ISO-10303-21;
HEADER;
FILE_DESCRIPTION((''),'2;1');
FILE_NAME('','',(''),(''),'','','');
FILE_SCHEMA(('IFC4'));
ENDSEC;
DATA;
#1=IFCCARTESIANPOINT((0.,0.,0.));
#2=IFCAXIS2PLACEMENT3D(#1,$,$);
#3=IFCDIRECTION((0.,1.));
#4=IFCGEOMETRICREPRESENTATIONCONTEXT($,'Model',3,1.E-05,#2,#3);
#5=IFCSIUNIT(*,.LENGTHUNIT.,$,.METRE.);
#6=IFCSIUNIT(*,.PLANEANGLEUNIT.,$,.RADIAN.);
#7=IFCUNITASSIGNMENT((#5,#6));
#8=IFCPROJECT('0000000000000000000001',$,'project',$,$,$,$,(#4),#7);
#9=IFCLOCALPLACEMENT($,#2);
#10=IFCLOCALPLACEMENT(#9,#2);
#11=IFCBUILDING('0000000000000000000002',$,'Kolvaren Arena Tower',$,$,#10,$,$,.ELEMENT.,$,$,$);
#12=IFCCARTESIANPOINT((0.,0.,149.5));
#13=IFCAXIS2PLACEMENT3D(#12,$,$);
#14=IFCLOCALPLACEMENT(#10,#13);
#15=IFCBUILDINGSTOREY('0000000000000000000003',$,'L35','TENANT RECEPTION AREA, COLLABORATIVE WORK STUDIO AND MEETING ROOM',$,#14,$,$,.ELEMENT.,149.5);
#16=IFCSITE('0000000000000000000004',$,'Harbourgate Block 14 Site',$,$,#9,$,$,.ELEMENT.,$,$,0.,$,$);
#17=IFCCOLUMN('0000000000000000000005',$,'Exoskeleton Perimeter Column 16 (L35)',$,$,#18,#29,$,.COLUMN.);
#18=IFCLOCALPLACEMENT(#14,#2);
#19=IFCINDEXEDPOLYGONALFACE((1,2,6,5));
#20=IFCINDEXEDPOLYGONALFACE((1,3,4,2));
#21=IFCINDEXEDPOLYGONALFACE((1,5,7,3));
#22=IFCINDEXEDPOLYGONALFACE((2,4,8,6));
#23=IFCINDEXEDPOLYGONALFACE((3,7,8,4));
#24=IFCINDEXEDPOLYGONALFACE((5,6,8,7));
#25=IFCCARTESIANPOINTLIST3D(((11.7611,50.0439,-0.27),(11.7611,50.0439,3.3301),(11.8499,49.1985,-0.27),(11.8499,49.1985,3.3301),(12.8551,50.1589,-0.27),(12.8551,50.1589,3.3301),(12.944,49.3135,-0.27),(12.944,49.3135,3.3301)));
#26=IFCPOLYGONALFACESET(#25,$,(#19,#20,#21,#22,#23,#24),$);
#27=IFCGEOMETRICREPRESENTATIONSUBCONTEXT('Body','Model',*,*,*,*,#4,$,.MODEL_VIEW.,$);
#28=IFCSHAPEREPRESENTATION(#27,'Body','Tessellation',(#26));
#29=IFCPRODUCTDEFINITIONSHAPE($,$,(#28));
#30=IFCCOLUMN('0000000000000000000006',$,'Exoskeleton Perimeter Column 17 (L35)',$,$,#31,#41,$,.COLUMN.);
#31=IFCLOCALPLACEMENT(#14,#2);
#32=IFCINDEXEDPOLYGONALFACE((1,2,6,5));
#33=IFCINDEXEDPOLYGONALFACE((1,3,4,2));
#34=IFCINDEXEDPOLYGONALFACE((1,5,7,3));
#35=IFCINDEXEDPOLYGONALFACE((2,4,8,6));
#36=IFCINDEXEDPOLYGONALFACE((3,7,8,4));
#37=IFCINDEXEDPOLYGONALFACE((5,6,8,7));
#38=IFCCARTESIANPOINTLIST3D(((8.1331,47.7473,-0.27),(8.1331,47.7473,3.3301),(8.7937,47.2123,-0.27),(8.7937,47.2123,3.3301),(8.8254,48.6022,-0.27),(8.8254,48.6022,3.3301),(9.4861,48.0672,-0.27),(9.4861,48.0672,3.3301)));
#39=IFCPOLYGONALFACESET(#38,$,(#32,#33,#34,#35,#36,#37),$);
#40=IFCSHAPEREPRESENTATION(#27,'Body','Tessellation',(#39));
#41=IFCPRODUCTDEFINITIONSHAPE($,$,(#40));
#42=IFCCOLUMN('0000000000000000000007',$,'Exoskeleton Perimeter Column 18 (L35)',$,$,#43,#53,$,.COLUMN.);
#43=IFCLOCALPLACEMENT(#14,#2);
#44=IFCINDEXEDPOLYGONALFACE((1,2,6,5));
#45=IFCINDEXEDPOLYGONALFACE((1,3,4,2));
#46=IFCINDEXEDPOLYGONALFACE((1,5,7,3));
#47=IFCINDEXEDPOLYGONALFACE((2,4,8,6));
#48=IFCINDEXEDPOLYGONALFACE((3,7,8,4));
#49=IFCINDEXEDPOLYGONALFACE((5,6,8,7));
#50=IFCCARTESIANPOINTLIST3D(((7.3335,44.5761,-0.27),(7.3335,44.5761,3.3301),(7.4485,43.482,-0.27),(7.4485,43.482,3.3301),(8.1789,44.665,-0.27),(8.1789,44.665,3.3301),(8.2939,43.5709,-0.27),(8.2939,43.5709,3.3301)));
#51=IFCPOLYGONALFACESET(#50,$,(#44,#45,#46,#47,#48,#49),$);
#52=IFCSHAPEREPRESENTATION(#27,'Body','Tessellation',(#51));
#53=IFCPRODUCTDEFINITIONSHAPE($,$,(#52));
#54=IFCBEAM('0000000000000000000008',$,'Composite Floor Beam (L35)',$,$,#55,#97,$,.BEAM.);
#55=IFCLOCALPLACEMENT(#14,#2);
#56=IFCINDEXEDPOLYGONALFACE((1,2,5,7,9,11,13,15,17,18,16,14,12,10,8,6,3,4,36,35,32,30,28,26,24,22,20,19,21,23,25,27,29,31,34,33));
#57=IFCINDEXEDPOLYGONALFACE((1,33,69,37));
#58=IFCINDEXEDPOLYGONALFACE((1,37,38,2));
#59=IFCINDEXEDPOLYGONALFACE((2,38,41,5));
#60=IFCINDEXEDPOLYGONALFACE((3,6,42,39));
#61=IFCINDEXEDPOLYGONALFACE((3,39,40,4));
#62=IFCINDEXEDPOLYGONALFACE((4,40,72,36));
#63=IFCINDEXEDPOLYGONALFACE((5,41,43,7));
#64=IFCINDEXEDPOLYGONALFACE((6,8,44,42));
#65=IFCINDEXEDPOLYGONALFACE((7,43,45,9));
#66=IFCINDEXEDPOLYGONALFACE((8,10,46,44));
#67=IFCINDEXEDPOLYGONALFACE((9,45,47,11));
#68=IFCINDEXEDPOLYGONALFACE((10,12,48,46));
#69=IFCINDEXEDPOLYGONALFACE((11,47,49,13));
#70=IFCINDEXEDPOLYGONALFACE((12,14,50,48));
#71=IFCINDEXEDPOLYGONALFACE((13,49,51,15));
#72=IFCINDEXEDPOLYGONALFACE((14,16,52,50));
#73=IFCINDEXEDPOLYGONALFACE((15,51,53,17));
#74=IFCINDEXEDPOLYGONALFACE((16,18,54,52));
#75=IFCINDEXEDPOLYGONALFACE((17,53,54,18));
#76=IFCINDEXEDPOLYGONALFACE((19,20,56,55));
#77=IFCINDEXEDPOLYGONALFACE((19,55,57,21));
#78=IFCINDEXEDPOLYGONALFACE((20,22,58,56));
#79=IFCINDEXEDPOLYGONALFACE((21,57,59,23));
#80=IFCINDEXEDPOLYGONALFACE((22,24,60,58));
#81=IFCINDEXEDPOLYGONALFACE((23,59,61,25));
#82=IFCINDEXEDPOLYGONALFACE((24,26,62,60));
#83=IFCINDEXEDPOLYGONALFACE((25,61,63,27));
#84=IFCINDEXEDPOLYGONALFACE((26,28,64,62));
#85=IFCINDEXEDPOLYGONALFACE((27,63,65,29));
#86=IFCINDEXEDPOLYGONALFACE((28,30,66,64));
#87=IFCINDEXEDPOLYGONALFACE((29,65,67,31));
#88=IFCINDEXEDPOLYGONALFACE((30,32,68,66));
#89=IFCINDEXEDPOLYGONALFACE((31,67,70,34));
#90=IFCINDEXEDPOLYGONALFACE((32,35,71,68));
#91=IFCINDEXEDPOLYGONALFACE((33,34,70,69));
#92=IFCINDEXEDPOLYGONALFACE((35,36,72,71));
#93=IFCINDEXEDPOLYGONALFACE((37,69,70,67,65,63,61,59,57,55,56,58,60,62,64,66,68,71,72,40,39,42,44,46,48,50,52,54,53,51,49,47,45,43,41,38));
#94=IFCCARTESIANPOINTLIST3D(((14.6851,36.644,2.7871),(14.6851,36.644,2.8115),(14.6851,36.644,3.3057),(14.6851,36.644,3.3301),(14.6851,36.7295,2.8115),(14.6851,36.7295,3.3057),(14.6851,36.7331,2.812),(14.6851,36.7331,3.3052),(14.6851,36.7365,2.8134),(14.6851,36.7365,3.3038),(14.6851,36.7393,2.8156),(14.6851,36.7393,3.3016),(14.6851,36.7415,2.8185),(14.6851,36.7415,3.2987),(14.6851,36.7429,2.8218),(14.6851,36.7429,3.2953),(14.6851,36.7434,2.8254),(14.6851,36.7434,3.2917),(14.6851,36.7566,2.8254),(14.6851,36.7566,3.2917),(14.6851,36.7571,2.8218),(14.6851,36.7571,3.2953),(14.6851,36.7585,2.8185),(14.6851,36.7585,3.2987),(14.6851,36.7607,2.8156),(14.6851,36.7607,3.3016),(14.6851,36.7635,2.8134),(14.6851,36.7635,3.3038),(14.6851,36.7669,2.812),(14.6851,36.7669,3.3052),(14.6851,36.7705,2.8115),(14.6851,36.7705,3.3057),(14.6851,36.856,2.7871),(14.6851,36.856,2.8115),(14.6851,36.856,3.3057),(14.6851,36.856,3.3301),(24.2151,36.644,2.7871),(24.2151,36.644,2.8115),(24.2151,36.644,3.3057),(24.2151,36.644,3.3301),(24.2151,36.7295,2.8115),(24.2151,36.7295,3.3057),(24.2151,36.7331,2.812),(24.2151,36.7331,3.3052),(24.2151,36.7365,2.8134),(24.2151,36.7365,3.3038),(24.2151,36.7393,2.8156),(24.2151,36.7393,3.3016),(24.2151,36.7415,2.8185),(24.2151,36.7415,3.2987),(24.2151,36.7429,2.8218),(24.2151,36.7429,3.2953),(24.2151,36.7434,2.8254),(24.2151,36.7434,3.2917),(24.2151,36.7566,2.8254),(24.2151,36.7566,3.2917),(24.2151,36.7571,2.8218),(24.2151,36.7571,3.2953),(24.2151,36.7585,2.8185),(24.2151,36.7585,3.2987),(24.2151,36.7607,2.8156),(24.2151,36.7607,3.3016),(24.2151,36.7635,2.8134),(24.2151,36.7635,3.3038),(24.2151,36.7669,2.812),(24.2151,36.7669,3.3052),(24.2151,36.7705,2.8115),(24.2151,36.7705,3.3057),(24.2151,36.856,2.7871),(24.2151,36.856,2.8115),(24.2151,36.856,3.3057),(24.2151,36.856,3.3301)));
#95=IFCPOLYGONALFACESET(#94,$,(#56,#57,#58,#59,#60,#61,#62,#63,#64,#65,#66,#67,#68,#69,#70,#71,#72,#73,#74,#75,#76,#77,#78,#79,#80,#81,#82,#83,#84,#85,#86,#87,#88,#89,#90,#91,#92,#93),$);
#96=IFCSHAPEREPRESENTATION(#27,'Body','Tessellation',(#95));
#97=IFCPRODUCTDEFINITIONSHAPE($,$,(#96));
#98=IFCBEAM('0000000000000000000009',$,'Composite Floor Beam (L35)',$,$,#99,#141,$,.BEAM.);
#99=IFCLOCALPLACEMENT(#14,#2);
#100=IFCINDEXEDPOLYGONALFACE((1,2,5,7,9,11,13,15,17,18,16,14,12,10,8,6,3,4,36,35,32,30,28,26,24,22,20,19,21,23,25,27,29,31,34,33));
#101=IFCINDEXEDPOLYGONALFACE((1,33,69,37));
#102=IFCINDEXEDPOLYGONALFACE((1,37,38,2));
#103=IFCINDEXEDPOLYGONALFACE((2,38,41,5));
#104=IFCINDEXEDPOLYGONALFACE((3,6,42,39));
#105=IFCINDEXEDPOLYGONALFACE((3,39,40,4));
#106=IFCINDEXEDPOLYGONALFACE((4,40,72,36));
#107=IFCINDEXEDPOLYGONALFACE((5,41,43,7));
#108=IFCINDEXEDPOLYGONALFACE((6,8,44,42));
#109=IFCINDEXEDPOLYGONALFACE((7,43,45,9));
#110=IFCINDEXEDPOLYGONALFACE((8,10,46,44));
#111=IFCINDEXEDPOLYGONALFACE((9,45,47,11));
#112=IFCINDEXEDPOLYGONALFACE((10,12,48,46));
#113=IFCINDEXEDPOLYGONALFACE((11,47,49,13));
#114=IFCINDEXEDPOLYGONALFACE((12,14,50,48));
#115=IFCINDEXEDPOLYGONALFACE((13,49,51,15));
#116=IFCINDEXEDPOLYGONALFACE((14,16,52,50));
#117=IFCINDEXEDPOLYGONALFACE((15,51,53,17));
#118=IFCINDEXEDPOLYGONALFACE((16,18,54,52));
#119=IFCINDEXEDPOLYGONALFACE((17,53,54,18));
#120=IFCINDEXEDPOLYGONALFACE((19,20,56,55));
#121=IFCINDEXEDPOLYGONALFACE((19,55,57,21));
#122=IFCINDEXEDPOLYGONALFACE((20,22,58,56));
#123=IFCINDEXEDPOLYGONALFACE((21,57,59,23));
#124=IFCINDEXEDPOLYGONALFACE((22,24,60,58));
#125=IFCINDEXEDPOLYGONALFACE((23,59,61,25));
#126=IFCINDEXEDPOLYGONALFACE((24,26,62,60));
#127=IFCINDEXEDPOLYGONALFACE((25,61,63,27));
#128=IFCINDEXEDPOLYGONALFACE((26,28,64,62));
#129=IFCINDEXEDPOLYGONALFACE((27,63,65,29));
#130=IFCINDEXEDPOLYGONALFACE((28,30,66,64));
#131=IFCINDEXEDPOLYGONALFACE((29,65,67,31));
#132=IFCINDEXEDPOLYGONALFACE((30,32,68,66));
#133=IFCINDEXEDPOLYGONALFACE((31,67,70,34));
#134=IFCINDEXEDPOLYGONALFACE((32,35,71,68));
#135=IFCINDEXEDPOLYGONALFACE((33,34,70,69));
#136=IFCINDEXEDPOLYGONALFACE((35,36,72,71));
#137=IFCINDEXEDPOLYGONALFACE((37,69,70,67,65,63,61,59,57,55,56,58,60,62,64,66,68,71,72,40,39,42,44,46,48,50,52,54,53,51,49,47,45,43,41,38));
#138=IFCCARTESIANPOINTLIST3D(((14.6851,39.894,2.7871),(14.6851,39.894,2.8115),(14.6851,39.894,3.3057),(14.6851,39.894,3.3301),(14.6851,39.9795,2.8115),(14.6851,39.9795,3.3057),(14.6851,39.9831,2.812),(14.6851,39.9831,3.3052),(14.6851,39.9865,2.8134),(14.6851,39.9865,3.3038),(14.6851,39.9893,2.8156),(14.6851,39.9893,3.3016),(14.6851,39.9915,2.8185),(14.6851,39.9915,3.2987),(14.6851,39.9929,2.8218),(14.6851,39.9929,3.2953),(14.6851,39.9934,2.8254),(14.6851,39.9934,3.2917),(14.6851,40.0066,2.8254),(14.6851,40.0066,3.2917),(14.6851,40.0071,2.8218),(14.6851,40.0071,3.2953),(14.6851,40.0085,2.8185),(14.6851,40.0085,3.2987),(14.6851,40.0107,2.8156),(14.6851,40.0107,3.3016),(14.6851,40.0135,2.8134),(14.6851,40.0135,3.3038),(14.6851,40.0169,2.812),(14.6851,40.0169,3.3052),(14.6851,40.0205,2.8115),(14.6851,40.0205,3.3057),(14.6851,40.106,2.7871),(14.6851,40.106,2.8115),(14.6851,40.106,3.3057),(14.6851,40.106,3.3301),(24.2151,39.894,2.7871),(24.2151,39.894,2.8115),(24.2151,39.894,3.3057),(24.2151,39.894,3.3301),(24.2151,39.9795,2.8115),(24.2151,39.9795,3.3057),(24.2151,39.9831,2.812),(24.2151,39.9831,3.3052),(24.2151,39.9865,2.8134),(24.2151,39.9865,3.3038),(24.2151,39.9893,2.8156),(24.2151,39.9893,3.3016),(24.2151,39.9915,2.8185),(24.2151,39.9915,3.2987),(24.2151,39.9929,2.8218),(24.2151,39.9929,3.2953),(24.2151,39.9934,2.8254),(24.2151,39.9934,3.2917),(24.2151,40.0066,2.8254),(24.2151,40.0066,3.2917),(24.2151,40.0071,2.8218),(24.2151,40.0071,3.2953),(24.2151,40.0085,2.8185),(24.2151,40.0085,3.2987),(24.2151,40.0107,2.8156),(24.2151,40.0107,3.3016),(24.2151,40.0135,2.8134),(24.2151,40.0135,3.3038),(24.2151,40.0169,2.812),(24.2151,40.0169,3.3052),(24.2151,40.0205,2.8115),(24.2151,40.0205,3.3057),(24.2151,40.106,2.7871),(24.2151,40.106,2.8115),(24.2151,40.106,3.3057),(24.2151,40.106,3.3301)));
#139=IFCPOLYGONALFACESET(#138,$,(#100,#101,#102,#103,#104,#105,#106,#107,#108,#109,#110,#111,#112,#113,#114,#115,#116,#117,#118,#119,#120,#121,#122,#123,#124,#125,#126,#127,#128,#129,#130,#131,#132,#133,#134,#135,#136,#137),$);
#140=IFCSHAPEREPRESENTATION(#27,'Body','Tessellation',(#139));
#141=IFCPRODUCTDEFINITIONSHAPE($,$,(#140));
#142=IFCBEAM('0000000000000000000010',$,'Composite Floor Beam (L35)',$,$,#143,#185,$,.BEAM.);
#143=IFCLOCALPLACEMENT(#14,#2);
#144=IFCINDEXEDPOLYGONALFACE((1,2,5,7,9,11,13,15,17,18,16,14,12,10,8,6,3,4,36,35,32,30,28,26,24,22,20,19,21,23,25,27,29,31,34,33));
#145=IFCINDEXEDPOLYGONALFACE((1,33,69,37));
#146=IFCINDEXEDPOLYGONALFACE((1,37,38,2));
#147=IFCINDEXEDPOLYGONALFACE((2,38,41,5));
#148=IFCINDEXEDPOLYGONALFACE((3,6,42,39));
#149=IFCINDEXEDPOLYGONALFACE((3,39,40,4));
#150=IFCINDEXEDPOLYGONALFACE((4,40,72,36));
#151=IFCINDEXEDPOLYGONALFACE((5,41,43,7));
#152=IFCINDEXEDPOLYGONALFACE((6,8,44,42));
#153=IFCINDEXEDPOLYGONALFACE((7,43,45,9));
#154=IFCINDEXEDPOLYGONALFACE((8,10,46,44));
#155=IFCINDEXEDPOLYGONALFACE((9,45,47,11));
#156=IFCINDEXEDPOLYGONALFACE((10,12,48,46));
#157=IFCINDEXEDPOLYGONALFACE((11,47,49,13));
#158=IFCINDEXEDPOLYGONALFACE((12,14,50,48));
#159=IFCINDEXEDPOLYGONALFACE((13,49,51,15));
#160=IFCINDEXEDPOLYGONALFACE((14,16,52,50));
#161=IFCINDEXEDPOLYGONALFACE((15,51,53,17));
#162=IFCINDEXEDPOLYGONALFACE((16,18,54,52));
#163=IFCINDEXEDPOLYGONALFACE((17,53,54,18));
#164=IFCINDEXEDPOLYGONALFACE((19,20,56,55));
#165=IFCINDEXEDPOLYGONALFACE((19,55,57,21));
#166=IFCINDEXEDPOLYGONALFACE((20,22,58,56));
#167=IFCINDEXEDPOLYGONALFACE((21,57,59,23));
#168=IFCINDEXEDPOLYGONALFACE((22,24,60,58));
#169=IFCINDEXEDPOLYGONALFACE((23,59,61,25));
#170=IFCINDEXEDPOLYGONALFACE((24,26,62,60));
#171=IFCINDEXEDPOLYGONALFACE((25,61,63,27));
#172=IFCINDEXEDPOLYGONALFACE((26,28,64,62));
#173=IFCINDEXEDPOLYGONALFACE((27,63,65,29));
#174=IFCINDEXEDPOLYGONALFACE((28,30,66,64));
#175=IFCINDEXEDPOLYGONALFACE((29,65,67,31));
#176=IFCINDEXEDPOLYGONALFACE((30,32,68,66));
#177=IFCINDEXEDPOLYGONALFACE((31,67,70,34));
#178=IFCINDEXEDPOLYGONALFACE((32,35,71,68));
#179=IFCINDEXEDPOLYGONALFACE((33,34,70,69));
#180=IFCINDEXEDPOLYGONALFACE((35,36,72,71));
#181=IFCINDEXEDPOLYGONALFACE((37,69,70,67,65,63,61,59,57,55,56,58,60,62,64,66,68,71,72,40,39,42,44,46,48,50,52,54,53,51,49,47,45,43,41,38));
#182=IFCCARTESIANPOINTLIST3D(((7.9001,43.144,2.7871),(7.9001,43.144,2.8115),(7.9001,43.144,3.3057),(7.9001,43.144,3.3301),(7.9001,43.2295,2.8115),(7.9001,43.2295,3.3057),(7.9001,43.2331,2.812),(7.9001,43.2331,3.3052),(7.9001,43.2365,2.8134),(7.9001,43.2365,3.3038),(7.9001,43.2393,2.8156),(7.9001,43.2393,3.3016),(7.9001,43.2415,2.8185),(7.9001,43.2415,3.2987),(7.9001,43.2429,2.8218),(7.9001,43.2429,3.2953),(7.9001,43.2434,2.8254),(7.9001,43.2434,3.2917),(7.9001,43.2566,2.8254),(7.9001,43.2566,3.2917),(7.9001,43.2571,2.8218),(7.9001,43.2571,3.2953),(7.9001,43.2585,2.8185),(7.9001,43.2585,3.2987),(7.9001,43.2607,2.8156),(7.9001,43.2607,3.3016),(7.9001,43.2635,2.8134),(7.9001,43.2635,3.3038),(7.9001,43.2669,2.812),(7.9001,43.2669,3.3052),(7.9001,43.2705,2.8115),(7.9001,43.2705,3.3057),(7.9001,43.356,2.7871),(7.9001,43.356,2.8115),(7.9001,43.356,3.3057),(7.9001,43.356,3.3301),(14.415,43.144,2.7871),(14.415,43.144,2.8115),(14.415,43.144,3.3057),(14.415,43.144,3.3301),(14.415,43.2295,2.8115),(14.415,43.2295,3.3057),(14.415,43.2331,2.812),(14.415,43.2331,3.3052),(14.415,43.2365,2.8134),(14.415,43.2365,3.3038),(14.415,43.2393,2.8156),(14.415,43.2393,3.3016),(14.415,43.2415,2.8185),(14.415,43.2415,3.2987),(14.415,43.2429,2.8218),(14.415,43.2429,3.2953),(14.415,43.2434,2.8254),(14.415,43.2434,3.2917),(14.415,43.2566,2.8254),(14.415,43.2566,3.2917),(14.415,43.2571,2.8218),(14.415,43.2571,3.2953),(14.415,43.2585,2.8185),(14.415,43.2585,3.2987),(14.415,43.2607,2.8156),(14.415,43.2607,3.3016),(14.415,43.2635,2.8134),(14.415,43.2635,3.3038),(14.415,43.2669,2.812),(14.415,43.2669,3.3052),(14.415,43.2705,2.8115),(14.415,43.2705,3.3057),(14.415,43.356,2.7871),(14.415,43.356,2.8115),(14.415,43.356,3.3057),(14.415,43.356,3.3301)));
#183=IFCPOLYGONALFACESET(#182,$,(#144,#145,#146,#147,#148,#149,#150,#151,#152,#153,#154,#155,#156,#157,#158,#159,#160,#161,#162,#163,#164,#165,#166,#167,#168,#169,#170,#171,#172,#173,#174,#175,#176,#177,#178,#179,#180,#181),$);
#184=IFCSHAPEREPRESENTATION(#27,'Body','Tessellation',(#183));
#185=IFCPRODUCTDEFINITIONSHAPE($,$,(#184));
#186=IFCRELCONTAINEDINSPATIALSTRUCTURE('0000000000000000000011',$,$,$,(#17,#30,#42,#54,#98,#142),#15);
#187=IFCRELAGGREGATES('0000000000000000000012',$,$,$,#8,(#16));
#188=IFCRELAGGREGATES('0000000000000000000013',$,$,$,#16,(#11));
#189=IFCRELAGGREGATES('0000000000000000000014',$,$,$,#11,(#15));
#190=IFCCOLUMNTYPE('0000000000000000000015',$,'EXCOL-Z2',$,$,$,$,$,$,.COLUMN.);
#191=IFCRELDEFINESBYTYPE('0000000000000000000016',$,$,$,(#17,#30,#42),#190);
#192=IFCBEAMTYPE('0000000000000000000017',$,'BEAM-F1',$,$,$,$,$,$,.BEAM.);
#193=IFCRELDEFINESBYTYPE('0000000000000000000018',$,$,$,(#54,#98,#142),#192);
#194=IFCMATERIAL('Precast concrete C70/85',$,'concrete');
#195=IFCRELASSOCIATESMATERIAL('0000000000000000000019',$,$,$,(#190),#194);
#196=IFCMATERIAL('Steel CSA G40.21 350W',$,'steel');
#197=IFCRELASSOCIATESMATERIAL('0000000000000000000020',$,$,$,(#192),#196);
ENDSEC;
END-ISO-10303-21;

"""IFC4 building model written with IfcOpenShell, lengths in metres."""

from ifc_helpers import new_model, si_unit, direction, frame, origin, origin_2d, place, context, subcontext, project, spatial, rectangle, i_section, extrude, material, material_profile, profile_set, type_object, element, save


model = new_model("IFC4")

# Units and contexts
model_context = context("Model", 3, precision=1e-05, world=origin(), true_north=direction((0.0, 1.0)))
body_context = subcontext(model_context, "Body", "Model", "MODEL_VIEW")
ifc_project = project(units=[si_unit("LENGTHUNIT", "METRE"), si_unit("PLANEANGLEUNIT", "RADIAN")], contexts=[model_context])

# Site, building, storey
site_placement = place(None, origin())
site = spatial("IfcSite", under=ifc_project, at=site_placement, Name="Harbourgate Block 14 Site", CompositionType="ELEMENT", RefElevation=0.0)
building_placement = place(site_placement, origin())
building = spatial("IfcBuilding", under=site, at=building_placement, Name="Kolvaren Arena Tower", CompositionType="ELEMENT")
storey_placement = place(building_placement, frame((0.0, 0.0, 149.5)))
storey = spatial("IfcBuildingStorey", under=building, at=storey_placement, Name="L35", Description="TENANT RECEPTION AREA, COLLABORATIVE WORK STUDIO AND MEETING ROOM", CompositionType="ELEMENT", Elevation=149.5)

# Columns
ifc_material_1 = material(Name="Precast concrete C70/85", Category="concrete")
ifc_material_profile_1 = material_profile(ifc_material_1, rectangle(XDim=1.1001, YDim=0.8501, at=origin_2d()), Name="RC-1100x850")
ifc_profile_set_1 = profile_set([ifc_material_profile_1], Name="Precast concrete C70/85")
column_type = type_object("IfcColumnType", Name="EXCOL-Z2", PredefinedType="COLUMN", material=ifc_profile_set_1)
for number, where, z_axis, x_axis, name in (
    (1, (12.3525, 49.6787, -0.27), (0.0, 0.0, 1.0), (0.994522, 0.104528, 0.0), "Exoskeleton Perimeter Column 16 (L35)"),
    (2, (8.8096, 47.9072, -0.27), (0.0, 0.0, 1.0), (0.62932, 0.777146, 0.0), "Exoskeleton Perimeter Column 17 (L35)"),
    (3, (7.8137, 44.0735, -0.27), (0.0, 0.0, 1.0), (-0.104528, 0.994522, 0.0), "Exoskeleton Perimeter Column 18 (L35)"),
):
    element("IfcColumn", number, at=place(storey_placement, frame(where, z_axis=z_axis, x_axis=x_axis)), inside=storey, type_object=column_type, Name=name, PredefinedType="COLUMN", context=body_context, shape_type="SweptSolid", body=[
        extrude(rectangle(XDim=1.1001, YDim=0.8501, at=origin_2d()), origin(), (0.0, 0.0, 1.0), 3.6001),
    ])

# Beams
ifc_material_2 = material(Name="Steel CSA G40.21 350W", Category="steel")
ifc_material_profile_2 = material_profile(ifc_material_2, i_section(OverallWidth=0.2119, OverallDepth=0.543, WebThickness=0.0132, FlangeThickness=0.0244, FilletRadius=0.0139, at=origin_2d()), Name="W530x150")
ifc_profile_set_2 = profile_set([ifc_material_profile_2], Name="Steel CSA G40.21 350W")
beam_type_1 = type_object("IfcBeamType", Name="BEAM-F1", PredefinedType="BEAM", material=ifc_profile_set_2)
for number, where, z_axis, x_axis, name in (
    (4, (14.6851, 36.75, 3.0586), (1.0, 0.0, 0.0), (0.0, 1.0, 0.0), "Composite Floor Beam (L35)"),
    (5, (14.6851, 40.0, 3.0586), (1.0, 0.0, 0.0), (0.0, 1.0, 0.0), "Composite Floor Beam (L35)"),
):
    element("IfcBeam", number, at=place(storey_placement, frame(where, z_axis=z_axis, x_axis=x_axis)), inside=storey, type_object=beam_type_1, Name=name, PredefinedType="BEAM", context=body_context, shape_type="SweptSolid", body=[
        extrude(i_section(OverallWidth=0.2119, OverallDepth=0.543, WebThickness=0.0132, FlangeThickness=0.0244, FilletRadius=0.0139, at=origin_2d()), origin(), (0.0, 0.0, 1.0), 9.53),
    ])
beam_1_placement = place(storey_placement, frame((7.9001, 43.25, 3.0586), z_axis=(1.0, 0.0, 0.0), x_axis=(0.0, 1.0, 0.0)))
element("IfcBeam", 6, at=beam_1_placement, inside=storey, type_object=beam_type_1, Name="Composite Floor Beam (L35)", PredefinedType="BEAM", context=body_context, shape_type="SweptSolid", body=[
    extrude(i_section(OverallWidth=0.2119, OverallDepth=0.543, WebThickness=0.0132, FlangeThickness=0.0244, FilletRadius=0.0139, at=origin_2d()), origin(), (0.0, 0.0, 1.0), 6.5149),
])

save(model, "model.ifc")
